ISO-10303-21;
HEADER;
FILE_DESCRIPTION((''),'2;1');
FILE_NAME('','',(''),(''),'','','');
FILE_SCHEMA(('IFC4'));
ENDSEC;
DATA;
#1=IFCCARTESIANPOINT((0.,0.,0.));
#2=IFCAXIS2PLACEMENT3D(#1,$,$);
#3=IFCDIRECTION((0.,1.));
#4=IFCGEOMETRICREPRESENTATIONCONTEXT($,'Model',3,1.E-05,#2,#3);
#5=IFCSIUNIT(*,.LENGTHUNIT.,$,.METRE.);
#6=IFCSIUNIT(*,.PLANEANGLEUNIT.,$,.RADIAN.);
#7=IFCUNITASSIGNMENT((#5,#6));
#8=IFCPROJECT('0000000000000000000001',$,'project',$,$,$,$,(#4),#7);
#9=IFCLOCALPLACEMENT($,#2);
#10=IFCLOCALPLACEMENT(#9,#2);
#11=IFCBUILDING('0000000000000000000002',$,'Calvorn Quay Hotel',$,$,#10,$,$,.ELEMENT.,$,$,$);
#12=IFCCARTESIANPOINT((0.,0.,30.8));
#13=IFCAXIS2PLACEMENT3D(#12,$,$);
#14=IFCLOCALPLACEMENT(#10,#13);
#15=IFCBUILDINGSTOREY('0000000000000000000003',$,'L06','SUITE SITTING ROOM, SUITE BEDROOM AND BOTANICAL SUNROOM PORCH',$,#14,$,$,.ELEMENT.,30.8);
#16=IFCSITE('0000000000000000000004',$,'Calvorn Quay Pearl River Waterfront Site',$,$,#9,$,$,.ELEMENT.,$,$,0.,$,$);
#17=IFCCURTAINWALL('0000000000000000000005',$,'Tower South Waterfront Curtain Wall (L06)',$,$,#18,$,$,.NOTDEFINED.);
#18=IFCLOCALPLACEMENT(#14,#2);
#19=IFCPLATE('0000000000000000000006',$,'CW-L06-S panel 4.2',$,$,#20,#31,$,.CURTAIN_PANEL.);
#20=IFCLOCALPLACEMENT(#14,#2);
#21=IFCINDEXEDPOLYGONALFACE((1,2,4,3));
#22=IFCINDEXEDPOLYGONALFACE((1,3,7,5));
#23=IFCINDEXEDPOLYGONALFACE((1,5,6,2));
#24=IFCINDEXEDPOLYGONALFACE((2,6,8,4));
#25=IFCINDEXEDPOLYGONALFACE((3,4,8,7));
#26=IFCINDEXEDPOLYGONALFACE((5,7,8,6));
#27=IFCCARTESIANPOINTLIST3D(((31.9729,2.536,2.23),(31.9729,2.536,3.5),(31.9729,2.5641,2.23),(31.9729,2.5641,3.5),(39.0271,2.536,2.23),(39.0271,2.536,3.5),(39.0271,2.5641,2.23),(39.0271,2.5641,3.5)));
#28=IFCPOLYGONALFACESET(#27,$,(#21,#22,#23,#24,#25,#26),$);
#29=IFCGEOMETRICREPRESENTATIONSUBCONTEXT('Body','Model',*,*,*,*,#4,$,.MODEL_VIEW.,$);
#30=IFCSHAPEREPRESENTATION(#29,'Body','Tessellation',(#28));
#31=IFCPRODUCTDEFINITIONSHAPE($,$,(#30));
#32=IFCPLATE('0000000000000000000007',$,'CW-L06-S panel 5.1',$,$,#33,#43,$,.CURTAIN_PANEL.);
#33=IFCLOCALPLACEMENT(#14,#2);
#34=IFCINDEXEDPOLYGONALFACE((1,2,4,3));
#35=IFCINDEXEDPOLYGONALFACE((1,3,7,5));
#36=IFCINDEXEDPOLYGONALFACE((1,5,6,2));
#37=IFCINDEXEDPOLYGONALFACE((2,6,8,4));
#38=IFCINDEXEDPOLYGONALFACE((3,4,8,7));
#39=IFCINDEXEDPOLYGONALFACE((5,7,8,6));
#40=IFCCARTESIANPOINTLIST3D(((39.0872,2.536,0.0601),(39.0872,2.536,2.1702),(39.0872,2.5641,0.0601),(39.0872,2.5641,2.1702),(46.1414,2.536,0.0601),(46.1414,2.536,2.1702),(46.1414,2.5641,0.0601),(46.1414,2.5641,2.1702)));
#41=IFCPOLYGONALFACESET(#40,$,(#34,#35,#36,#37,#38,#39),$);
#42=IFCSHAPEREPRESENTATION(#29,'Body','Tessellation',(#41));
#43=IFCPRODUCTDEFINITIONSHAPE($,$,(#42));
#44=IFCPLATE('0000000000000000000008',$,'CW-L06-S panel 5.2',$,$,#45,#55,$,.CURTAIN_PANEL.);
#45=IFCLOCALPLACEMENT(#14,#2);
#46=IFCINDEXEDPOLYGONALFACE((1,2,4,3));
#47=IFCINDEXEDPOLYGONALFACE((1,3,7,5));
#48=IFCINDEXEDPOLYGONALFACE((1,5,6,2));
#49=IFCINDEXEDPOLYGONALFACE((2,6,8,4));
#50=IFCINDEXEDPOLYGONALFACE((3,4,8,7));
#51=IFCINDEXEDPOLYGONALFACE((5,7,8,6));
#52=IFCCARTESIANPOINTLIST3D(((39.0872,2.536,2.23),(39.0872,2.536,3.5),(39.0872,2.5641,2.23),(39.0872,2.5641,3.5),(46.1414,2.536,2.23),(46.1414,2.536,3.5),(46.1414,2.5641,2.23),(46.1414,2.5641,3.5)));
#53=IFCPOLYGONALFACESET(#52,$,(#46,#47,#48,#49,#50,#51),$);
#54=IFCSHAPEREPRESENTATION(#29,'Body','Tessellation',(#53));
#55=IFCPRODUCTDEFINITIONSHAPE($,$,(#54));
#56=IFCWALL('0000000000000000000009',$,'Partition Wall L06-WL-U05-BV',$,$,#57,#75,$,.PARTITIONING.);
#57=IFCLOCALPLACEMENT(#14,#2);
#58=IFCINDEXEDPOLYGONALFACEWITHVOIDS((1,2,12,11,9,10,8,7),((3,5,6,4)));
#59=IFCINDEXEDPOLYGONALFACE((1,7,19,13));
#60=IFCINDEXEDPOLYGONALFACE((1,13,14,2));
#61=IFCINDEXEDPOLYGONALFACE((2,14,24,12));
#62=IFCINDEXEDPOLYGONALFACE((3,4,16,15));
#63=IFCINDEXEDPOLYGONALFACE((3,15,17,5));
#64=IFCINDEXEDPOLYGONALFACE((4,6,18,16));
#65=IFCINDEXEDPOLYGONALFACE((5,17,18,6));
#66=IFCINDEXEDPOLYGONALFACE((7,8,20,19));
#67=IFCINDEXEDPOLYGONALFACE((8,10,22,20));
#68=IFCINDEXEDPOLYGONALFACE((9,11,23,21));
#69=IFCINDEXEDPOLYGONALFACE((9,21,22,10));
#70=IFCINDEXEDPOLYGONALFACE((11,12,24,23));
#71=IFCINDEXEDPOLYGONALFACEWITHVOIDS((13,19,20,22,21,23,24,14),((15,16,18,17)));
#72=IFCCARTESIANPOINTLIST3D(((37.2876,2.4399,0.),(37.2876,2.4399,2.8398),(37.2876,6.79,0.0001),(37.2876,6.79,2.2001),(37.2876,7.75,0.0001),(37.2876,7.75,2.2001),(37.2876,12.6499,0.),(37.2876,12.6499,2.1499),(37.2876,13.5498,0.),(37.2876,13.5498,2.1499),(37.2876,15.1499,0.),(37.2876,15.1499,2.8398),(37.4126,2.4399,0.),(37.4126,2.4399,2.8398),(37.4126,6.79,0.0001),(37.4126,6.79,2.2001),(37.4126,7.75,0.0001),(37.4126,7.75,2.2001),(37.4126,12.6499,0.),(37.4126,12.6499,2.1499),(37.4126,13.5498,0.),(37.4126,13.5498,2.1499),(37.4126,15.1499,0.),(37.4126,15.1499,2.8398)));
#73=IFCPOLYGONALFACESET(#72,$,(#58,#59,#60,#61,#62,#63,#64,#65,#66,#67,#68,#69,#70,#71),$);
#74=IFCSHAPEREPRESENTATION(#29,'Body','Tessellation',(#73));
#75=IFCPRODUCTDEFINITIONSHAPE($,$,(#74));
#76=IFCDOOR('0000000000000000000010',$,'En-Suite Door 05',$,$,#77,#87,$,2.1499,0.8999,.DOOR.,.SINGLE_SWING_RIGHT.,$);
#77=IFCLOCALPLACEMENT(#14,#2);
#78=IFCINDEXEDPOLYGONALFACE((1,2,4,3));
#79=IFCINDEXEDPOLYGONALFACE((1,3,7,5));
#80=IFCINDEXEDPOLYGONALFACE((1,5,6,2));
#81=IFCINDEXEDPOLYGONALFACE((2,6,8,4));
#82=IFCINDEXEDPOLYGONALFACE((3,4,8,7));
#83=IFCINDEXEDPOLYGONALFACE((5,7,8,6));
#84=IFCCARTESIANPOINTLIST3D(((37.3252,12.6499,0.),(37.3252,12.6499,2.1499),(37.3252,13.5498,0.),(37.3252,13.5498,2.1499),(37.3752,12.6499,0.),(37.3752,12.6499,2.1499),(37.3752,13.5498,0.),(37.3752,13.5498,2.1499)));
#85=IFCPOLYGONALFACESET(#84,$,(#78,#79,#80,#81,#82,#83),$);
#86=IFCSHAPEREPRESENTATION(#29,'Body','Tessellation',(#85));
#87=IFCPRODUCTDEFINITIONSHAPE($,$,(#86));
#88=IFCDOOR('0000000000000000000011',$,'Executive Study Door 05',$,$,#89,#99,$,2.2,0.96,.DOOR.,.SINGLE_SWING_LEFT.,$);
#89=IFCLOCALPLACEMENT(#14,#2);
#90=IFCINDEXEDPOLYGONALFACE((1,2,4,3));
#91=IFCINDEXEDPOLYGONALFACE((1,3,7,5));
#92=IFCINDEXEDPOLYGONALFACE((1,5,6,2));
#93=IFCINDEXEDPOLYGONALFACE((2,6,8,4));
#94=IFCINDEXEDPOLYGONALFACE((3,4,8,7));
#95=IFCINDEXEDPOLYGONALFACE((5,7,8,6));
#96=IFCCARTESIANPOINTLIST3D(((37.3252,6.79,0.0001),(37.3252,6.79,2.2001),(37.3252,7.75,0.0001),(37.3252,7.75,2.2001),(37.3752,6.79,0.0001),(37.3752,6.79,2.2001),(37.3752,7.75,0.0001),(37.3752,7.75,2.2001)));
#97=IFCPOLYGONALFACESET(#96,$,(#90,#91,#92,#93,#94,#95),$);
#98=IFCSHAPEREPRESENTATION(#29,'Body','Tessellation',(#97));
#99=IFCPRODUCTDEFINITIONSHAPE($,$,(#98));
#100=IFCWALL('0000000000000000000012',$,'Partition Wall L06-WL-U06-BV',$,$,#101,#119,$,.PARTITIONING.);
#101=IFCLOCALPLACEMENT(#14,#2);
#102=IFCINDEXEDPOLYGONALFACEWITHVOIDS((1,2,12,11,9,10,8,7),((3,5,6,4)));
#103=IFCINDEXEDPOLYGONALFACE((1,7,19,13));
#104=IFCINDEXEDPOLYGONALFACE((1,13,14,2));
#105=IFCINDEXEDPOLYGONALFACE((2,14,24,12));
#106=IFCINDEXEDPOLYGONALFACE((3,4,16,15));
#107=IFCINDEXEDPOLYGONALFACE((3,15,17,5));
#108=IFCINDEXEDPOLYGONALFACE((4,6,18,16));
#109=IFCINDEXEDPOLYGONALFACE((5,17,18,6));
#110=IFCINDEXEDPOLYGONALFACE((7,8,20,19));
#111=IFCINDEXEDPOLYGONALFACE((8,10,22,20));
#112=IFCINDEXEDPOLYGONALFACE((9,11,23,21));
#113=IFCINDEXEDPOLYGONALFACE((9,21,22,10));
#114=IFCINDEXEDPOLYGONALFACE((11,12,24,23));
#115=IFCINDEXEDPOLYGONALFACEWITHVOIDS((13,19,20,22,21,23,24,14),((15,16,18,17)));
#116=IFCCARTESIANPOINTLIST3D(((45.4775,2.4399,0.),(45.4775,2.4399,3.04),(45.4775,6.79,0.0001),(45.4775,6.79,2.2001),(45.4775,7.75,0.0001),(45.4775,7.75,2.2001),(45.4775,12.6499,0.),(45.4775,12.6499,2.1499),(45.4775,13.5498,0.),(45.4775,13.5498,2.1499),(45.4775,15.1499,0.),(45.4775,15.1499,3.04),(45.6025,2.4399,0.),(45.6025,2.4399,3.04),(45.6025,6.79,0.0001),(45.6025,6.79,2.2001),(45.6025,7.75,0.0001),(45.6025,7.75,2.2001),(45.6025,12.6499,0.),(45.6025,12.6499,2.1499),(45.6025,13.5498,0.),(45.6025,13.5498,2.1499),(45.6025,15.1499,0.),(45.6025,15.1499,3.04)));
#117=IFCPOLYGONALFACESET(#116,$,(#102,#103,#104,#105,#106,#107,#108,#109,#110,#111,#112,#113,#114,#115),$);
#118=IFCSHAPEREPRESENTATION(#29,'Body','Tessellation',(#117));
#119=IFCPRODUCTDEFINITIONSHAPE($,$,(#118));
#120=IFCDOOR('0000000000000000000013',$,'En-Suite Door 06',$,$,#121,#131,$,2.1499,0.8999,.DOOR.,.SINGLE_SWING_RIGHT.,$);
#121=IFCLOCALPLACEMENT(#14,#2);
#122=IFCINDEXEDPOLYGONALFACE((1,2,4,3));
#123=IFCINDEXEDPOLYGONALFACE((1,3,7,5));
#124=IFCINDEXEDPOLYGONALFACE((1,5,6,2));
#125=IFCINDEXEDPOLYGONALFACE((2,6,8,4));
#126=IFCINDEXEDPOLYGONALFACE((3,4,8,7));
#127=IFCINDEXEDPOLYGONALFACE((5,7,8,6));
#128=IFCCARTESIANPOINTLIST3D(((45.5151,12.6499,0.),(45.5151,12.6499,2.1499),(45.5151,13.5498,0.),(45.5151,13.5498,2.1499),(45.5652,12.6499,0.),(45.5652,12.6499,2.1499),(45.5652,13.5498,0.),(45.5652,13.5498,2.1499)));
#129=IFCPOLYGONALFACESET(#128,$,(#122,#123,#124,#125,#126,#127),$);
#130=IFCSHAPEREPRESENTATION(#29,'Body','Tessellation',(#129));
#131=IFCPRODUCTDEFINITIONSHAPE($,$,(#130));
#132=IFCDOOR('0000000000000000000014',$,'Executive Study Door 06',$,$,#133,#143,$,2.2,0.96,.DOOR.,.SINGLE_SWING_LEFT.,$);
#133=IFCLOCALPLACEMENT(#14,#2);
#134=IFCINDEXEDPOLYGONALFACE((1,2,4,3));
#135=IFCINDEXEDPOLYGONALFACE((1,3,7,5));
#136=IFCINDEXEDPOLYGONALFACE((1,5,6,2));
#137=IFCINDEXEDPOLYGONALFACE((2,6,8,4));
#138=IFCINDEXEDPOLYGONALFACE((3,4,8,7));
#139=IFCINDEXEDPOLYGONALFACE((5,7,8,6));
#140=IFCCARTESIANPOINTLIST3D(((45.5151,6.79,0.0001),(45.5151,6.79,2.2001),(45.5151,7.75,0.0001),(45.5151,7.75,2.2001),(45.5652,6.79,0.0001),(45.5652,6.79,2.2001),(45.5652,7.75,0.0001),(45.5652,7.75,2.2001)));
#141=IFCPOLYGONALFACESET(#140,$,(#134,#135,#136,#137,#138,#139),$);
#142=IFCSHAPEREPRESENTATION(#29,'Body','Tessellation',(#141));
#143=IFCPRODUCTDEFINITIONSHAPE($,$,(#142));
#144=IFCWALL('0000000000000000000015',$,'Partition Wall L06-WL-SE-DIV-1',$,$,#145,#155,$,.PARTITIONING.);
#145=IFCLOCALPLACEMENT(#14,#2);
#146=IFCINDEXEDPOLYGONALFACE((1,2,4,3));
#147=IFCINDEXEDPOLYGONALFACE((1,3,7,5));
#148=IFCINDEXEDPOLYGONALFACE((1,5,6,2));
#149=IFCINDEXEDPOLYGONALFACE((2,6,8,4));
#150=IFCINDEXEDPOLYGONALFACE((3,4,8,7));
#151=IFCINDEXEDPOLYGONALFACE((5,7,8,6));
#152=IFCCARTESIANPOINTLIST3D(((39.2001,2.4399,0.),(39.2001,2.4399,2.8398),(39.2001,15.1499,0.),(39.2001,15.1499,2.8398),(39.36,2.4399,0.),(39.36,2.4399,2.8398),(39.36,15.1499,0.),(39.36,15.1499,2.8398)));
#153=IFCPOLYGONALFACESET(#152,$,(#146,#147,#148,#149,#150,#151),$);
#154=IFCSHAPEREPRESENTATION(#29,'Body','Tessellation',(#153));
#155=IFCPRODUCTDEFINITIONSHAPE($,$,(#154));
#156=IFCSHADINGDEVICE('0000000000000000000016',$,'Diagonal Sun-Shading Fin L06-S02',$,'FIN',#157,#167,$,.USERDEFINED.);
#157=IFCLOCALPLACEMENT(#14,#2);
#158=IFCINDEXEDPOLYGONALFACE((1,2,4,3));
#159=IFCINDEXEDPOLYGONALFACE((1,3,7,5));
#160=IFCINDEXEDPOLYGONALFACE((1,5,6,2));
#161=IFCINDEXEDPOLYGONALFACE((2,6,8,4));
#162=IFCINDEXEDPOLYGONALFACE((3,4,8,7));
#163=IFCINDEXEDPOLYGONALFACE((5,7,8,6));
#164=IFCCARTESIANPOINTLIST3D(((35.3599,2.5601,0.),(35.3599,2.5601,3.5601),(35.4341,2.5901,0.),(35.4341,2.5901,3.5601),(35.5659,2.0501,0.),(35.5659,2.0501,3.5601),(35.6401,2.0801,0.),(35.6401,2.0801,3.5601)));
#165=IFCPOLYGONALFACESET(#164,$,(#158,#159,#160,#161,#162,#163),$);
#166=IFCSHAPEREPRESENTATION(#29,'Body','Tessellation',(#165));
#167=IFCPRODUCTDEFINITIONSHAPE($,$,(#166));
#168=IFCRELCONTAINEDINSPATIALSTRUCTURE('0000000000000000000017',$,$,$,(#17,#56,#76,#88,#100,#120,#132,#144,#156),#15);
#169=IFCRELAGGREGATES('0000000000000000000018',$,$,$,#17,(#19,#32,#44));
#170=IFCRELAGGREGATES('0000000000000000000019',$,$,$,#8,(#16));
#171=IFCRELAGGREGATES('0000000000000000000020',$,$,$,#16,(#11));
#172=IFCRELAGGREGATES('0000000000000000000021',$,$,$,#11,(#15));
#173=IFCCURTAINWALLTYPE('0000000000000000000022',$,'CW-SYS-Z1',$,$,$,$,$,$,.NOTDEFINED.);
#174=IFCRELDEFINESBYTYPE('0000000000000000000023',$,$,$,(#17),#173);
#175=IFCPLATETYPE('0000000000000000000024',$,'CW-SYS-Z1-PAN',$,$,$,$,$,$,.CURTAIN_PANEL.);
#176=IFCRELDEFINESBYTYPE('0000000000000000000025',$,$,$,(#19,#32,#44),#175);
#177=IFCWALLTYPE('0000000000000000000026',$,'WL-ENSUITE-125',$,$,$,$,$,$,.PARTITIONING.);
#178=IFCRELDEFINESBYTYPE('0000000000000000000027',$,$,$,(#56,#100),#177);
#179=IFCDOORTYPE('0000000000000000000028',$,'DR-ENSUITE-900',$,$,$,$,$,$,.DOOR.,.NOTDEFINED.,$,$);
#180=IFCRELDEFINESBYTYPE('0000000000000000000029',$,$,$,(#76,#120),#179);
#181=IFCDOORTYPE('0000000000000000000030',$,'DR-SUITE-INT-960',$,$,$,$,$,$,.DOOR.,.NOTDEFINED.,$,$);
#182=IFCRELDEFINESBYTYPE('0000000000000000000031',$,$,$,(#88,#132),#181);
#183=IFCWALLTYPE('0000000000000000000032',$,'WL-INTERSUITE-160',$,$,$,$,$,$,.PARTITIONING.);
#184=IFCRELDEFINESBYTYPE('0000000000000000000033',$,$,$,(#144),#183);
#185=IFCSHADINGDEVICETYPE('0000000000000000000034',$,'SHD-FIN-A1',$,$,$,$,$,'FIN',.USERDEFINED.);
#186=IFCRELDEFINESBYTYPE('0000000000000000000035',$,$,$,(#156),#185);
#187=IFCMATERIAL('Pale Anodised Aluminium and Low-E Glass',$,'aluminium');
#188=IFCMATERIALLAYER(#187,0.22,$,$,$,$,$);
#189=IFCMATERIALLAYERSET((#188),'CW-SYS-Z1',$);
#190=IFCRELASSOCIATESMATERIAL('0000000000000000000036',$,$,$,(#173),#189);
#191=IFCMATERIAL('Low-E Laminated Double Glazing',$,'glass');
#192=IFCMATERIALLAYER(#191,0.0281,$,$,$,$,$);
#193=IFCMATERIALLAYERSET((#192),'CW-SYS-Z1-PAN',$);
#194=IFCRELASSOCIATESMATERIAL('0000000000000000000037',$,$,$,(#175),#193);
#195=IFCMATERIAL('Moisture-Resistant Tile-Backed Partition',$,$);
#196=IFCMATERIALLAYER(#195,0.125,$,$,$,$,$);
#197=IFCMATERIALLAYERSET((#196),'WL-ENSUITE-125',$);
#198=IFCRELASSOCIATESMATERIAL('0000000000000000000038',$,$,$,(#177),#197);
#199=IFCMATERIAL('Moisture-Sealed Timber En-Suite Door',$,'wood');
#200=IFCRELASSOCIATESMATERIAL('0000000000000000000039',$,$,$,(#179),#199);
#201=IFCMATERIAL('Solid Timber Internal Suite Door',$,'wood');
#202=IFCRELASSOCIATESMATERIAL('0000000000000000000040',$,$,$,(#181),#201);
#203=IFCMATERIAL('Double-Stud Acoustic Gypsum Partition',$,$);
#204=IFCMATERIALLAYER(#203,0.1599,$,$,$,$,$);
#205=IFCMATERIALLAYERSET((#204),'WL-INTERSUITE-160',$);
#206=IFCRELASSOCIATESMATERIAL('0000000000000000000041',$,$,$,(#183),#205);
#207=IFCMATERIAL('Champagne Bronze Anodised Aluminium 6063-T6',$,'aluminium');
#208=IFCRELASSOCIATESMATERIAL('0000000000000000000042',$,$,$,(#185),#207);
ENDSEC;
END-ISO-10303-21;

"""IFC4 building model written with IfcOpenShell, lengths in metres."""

from ifc_helpers import new_model, si_unit, direction, frame, frame_2d, origin, origin_2d, place, context, subcontext, project, spatial, rectangle, extrude, material, layer, layer_set, type_object, element, fill, aggregate, save


model = new_model("IFC4")

# Units and contexts
model_context = context("Model", 3, precision=1e-05, world=origin(), true_north=direction((0.0, 1.0)))
body_context = subcontext(model_context, "Body", "Model", "MODEL_VIEW")
ifc_project = project(units=[si_unit("LENGTHUNIT", "METRE"), si_unit("PLANEANGLEUNIT", "RADIAN")], contexts=[model_context])

# Site, building, storey
site_placement = place(None, origin())
site = spatial("IfcSite", under=ifc_project, at=site_placement, Name="Calvorn Quay Pearl River Waterfront Site", CompositionType="ELEMENT", RefElevation=0.0)
building_placement = place(site_placement, origin())
building = spatial("IfcBuilding", under=site, at=building_placement, Name="Calvorn Quay Hotel", CompositionType="ELEMENT")
storey_placement = place(building_placement, frame((0.0, 0.0, 30.8)))
storey = spatial("IfcBuildingStorey", under=building, at=storey_placement, Name="L06", Description="SUITE SITTING ROOM, SUITE BEDROOM AND BOTANICAL SUNROOM PORCH", CompositionType="ELEMENT", Elevation=30.8)

# Curtain wall, plates
ifc_material_1 = material(Name="Pale Anodised Aluminium and Low-E Glass", Category="aluminium")
ifc_layer_1 = layer(ifc_material_1, 0.22)
ifc_layer_set_1 = layer_set([ifc_layer_1], Name="CW-SYS-Z1")
curtain_wall_type = type_object("IfcCurtainWallType", Name="CW-SYS-Z1", PredefinedType="NOTDEFINED", material=ifc_layer_set_1)
curtain_wall_placement = place(storey_placement, origin())
curtain_wall = element("IfcCurtainWall", 1, at=curtain_wall_placement, inside=storey, type_object=curtain_wall_type, Name="Tower South Waterfront Curtain Wall (L06)", PredefinedType="NOTDEFINED")
ifc_material_2 = material(Name="Low-E Laminated Double Glazing", Category="glass")
ifc_layer_2 = layer(ifc_material_2, 0.0281)
ifc_layer_set_2 = layer_set([ifc_layer_2], Name="CW-SYS-Z1-PAN")
plate_type = type_object("IfcPlateType", Name="CW-SYS-Z1-PAN", PredefinedType="CURTAIN_PANEL", material=ifc_layer_set_2)
plate_1_placement = place(storey_placement, frame((35.5, 2.55, 2.23), z_axis=(0.0, 0.0, 1.0), x_axis=(1.0, 0.0, 0.0)))
plate_1 = element("IfcPlate", 2, at=plate_1_placement, type_object=plate_type, Name="CW-L06-S panel 4.2", PredefinedType="CURTAIN_PANEL", context=body_context, shape_type="SweptSolid", body=[
    extrude(rectangle(XDim=7.0542, YDim=0.0281, at=origin_2d()), origin(), (0.0, 0.0, 1.0), 1.27),
])
plate_2_placement = place(storey_placement, frame((42.6143, 2.55, 0.0601), z_axis=(0.0, 0.0, 1.0), x_axis=(1.0, 0.0, 0.0)))
plate_2 = element("IfcPlate", 3, at=plate_2_placement, type_object=plate_type, Name="CW-L06-S panel 5.1", PredefinedType="CURTAIN_PANEL", context=body_context, shape_type="SweptSolid", body=[
    extrude(rectangle(XDim=7.0542, YDim=0.0281, at=origin_2d()), origin(), (0.0, 0.0, 1.0), 2.1101),
])
plate_3_placement = place(storey_placement, frame((42.6143, 2.55, 2.23), z_axis=(0.0, 0.0, 1.0), x_axis=(1.0, 0.0, 0.0)))
plate_3 = element("IfcPlate", 4, at=plate_3_placement, type_object=plate_type, Name="CW-L06-S panel 5.2", PredefinedType="CURTAIN_PANEL", context=body_context, shape_type="SweptSolid", body=[
    extrude(rectangle(XDim=7.0542, YDim=0.0281, at=origin_2d()), origin(), (0.0, 0.0, 1.0), 1.27),
])
aggregate(curtain_wall, [plate_1, plate_2, plate_3])

# Walls, openings, doors
ifc_material_3 = material(Name="Moisture-Resistant Tile-Backed Partition")
ifc_layer_3 = layer(ifc_material_3, 0.125)
ifc_layer_set_3 = layer_set([ifc_layer_3], Name="WL-ENSUITE-125")
wall_type_1 = type_object("IfcWallType", Name="WL-ENSUITE-125", PredefinedType="PARTITIONING", material=ifc_layer_set_3)
wall_1_placement = place(storey_placement, frame((37.3501, 2.4399, 0.0), z_axis=(0.0, 0.0, 1.0), x_axis=(0.0, 1.0, 0.0)))
wall_1 = element("IfcWall", 5, at=wall_1_placement, inside=storey, type_object=wall_type_1, Name="Partition Wall L06-WL-U05-BV", PredefinedType="PARTITIONING", context=body_context, shape_type="SweptSolid", body=[
    extrude(rectangle(XDim=12.71, YDim=0.125, at=frame_2d((6.355, 0.0))), origin(), (0.0, 0.0, 1.0), 2.8398),
])
opening_1_placement = place(wall_1_placement, frame((4.3501, 0.0, 0.0)))
opening_1 = element("IfcOpeningElement", 6, at=opening_1_placement, cuts=wall_1, PredefinedType="OPENING", context=body_context, shape_type="SweptSolid", body=[
    extrude(rectangle(XDim=0.96, YDim=2.2, at=frame_2d((0.48, 1.1001))), frame((0.0, 0.0725, 0.0), z_axis=(0.0, -1.0, 0.0), x_axis=(1.0, 0.0, 0.0)), (0.0, 0.0, 1.0), 0.145),
])
opening_2_placement = place(wall_1_placement, frame((10.21, 0.0, 0.0)))
opening_2 = element("IfcOpeningElement", 7, at=opening_2_placement, cuts=wall_1, PredefinedType="OPENING", context=body_context, shape_type="SweptSolid", body=[
    extrude(rectangle(XDim=0.8999, YDim=2.1499, at=frame_2d((0.45, 1.075))), frame((0.0, 0.0725, 0.0), z_axis=(0.0, -1.0, 0.0), x_axis=(1.0, 0.0, 0.0)), (0.0, 0.0, 1.0), 0.145),
])
ifc_material_4 = material(Name="Moisture-Sealed Timber En-Suite Door", Category="wood")
door_type_1 = type_object("IfcDoorType", Name="DR-ENSUITE-900", OperationType="NOTDEFINED", PredefinedType="DOOR", material=ifc_material_4)
door_1_placement = place(opening_2_placement, origin())
door_1 = element("IfcDoor", 8, at=door_1_placement, inside=storey, type_object=door_type_1, Name="En-Suite Door 05", OperationType="SINGLE_SWING_RIGHT", OverallHeight=2.1499, OverallWidth=0.8999, PredefinedType="DOOR", context=body_context, shape_type="SweptSolid", body=[
    extrude(rectangle(XDim=0.8999, YDim=2.1499, at=frame_2d((0.45, 1.075))), frame((0.0, 0.0249, 0.0), z_axis=(0.0, -1.0, 0.0), x_axis=(1.0, 0.0, 0.0)), (0.0, 0.0, 1.0), 0.05),
])
fill(opening_2, door_1)
ifc_material_5 = material(Name="Solid Timber Internal Suite Door", Category="wood")
door_type_2 = type_object("IfcDoorType", Name="DR-SUITE-INT-960", OperationType="NOTDEFINED", PredefinedType="DOOR", material=ifc_material_5)
door_2_placement = place(opening_1_placement, origin())
door_2 = element("IfcDoor", 9, at=door_2_placement, inside=storey, type_object=door_type_2, Name="Executive Study Door 05", OperationType="SINGLE_SWING_LEFT", OverallHeight=2.2, OverallWidth=0.96, PredefinedType="DOOR", context=body_context, shape_type="SweptSolid", body=[
    extrude(rectangle(XDim=0.96, YDim=2.2, at=frame_2d((0.48, 1.1001))), frame((0.0, 0.0249, 0.0), z_axis=(0.0, -1.0, 0.0), x_axis=(1.0, 0.0, 0.0)), (0.0, 0.0, 1.0), 0.05),
])
fill(opening_1, door_2)
wall_2_placement = place(storey_placement, frame((45.54, 2.4399, 0.0), z_axis=(0.0, 0.0, 1.0), x_axis=(0.0, 1.0, 0.0)))
wall_2 = element("IfcWall", 10, at=wall_2_placement, inside=storey, type_object=wall_type_1, Name="Partition Wall L06-WL-U06-BV", PredefinedType="PARTITIONING", context=body_context, shape_type="SweptSolid", body=[
    extrude(rectangle(XDim=12.71, YDim=0.125, at=frame_2d((6.355, 0.0))), origin(), (0.0, 0.0, 1.0), 3.04),
])
opening_3_placement = place(wall_2_placement, frame((4.3501, 0.0, 0.0)))
opening_3 = element("IfcOpeningElement", 11, at=opening_3_placement, cuts=wall_2, PredefinedType="OPENING", context=body_context, shape_type="SweptSolid", body=[
    extrude(rectangle(XDim=0.96, YDim=2.2, at=frame_2d((0.48, 1.1001))), frame((0.0, 0.0725, 0.0), z_axis=(0.0, -1.0, 0.0), x_axis=(1.0, 0.0, 0.0)), (0.0, 0.0, 1.0), 0.145),
])
opening_4_placement = place(wall_2_placement, frame((10.21, 0.0, 0.0)))
opening_4 = element("IfcOpeningElement", 12, at=opening_4_placement, cuts=wall_2, PredefinedType="OPENING", context=body_context, shape_type="SweptSolid", body=[
    extrude(rectangle(XDim=0.8999, YDim=2.1499, at=frame_2d((0.45, 1.075))), frame((0.0, 0.0725, 0.0), z_axis=(0.0, -1.0, 0.0), x_axis=(1.0, 0.0, 0.0)), (0.0, 0.0, 1.0), 0.145),
])
door_3_placement = place(opening_4_placement, origin())
door_3 = element("IfcDoor", 13, at=door_3_placement, inside=storey, type_object=door_type_1, Name="En-Suite Door 06", OperationType="SINGLE_SWING_RIGHT", OverallHeight=2.1499, OverallWidth=0.8999, PredefinedType="DOOR", context=body_context, shape_type="SweptSolid", body=[
    extrude(rectangle(XDim=0.8999, YDim=2.1499, at=frame_2d((0.45, 1.075))), frame((0.0, 0.0249, 0.0), z_axis=(0.0, -1.0, 0.0), x_axis=(1.0, 0.0, 0.0)), (0.0, 0.0, 1.0), 0.05),
])
fill(opening_4, door_3)
door_4_placement = place(opening_3_placement, origin())
door_4 = element("IfcDoor", 14, at=door_4_placement, inside=storey, type_object=door_type_2, Name="Executive Study Door 06", OperationType="SINGLE_SWING_LEFT", OverallHeight=2.2, OverallWidth=0.96, PredefinedType="DOOR", context=body_context, shape_type="SweptSolid", body=[
    extrude(rectangle(XDim=0.96, YDim=2.2, at=frame_2d((0.48, 1.1001))), frame((0.0, 0.0249, 0.0), z_axis=(0.0, -1.0, 0.0), x_axis=(1.0, 0.0, 0.0)), (0.0, 0.0, 1.0), 0.05),
])
fill(opening_3, door_4)

# Wall
ifc_material_6 = material(Name="Double-Stud Acoustic Gypsum Partition")
ifc_layer_4 = layer(ifc_material_6, 0.1599)
ifc_layer_set_4 = layer_set([ifc_layer_4], Name="WL-INTERSUITE-160")
wall_type_2 = type_object("IfcWallType", Name="WL-INTERSUITE-160", PredefinedType="PARTITIONING", material=ifc_layer_set_4)
wall_3_placement = place(storey_placement, frame((39.28, 2.4399, 0.0), z_axis=(0.0, 0.0, 1.0), x_axis=(0.0, 1.0, 0.0)))
element("IfcWall", 15, at=wall_3_placement, inside=storey, type_object=wall_type_2, Name="Partition Wall L06-WL-SE-DIV-1", PredefinedType="PARTITIONING", context=body_context, shape_type="SweptSolid", body=[
    extrude(rectangle(XDim=12.71, YDim=0.1599, at=frame_2d((6.355, 0.0))), origin(), (0.0, 0.0, 1.0), 2.8398),
])

# Shading device
ifc_material_7 = material(Name="Champagne Bronze Anodised Aluminium 6063-T6", Category="aluminium")
shading_device_type = type_object("IfcShadingDeviceType", Name="SHD-FIN-A1", ElementType="FIN", PredefinedType="USERDEFINED", material=ifc_material_7)
shading_device_placement = place(storey_placement, frame((35.5, 2.3201, 0.0), z_axis=(0.0, 0.0, 1.0), x_axis=(-0.374607, 0.927184, 0.0)))
element("IfcShadingDevice", 16, at=shading_device_placement, inside=storey, type_object=shading_device_type, Name="Diagonal Sun-Shading Fin L06-S02", ObjectType="FIN", PredefinedType="USERDEFINED", context=body_context, shape_type="SweptSolid", body=[
    extrude(rectangle(XDim=0.55, YDim=0.0801, at=origin_2d()), origin(), (0.0, 0.0, 1.0), 3.5601),
])

save(model, "model.ifc")
